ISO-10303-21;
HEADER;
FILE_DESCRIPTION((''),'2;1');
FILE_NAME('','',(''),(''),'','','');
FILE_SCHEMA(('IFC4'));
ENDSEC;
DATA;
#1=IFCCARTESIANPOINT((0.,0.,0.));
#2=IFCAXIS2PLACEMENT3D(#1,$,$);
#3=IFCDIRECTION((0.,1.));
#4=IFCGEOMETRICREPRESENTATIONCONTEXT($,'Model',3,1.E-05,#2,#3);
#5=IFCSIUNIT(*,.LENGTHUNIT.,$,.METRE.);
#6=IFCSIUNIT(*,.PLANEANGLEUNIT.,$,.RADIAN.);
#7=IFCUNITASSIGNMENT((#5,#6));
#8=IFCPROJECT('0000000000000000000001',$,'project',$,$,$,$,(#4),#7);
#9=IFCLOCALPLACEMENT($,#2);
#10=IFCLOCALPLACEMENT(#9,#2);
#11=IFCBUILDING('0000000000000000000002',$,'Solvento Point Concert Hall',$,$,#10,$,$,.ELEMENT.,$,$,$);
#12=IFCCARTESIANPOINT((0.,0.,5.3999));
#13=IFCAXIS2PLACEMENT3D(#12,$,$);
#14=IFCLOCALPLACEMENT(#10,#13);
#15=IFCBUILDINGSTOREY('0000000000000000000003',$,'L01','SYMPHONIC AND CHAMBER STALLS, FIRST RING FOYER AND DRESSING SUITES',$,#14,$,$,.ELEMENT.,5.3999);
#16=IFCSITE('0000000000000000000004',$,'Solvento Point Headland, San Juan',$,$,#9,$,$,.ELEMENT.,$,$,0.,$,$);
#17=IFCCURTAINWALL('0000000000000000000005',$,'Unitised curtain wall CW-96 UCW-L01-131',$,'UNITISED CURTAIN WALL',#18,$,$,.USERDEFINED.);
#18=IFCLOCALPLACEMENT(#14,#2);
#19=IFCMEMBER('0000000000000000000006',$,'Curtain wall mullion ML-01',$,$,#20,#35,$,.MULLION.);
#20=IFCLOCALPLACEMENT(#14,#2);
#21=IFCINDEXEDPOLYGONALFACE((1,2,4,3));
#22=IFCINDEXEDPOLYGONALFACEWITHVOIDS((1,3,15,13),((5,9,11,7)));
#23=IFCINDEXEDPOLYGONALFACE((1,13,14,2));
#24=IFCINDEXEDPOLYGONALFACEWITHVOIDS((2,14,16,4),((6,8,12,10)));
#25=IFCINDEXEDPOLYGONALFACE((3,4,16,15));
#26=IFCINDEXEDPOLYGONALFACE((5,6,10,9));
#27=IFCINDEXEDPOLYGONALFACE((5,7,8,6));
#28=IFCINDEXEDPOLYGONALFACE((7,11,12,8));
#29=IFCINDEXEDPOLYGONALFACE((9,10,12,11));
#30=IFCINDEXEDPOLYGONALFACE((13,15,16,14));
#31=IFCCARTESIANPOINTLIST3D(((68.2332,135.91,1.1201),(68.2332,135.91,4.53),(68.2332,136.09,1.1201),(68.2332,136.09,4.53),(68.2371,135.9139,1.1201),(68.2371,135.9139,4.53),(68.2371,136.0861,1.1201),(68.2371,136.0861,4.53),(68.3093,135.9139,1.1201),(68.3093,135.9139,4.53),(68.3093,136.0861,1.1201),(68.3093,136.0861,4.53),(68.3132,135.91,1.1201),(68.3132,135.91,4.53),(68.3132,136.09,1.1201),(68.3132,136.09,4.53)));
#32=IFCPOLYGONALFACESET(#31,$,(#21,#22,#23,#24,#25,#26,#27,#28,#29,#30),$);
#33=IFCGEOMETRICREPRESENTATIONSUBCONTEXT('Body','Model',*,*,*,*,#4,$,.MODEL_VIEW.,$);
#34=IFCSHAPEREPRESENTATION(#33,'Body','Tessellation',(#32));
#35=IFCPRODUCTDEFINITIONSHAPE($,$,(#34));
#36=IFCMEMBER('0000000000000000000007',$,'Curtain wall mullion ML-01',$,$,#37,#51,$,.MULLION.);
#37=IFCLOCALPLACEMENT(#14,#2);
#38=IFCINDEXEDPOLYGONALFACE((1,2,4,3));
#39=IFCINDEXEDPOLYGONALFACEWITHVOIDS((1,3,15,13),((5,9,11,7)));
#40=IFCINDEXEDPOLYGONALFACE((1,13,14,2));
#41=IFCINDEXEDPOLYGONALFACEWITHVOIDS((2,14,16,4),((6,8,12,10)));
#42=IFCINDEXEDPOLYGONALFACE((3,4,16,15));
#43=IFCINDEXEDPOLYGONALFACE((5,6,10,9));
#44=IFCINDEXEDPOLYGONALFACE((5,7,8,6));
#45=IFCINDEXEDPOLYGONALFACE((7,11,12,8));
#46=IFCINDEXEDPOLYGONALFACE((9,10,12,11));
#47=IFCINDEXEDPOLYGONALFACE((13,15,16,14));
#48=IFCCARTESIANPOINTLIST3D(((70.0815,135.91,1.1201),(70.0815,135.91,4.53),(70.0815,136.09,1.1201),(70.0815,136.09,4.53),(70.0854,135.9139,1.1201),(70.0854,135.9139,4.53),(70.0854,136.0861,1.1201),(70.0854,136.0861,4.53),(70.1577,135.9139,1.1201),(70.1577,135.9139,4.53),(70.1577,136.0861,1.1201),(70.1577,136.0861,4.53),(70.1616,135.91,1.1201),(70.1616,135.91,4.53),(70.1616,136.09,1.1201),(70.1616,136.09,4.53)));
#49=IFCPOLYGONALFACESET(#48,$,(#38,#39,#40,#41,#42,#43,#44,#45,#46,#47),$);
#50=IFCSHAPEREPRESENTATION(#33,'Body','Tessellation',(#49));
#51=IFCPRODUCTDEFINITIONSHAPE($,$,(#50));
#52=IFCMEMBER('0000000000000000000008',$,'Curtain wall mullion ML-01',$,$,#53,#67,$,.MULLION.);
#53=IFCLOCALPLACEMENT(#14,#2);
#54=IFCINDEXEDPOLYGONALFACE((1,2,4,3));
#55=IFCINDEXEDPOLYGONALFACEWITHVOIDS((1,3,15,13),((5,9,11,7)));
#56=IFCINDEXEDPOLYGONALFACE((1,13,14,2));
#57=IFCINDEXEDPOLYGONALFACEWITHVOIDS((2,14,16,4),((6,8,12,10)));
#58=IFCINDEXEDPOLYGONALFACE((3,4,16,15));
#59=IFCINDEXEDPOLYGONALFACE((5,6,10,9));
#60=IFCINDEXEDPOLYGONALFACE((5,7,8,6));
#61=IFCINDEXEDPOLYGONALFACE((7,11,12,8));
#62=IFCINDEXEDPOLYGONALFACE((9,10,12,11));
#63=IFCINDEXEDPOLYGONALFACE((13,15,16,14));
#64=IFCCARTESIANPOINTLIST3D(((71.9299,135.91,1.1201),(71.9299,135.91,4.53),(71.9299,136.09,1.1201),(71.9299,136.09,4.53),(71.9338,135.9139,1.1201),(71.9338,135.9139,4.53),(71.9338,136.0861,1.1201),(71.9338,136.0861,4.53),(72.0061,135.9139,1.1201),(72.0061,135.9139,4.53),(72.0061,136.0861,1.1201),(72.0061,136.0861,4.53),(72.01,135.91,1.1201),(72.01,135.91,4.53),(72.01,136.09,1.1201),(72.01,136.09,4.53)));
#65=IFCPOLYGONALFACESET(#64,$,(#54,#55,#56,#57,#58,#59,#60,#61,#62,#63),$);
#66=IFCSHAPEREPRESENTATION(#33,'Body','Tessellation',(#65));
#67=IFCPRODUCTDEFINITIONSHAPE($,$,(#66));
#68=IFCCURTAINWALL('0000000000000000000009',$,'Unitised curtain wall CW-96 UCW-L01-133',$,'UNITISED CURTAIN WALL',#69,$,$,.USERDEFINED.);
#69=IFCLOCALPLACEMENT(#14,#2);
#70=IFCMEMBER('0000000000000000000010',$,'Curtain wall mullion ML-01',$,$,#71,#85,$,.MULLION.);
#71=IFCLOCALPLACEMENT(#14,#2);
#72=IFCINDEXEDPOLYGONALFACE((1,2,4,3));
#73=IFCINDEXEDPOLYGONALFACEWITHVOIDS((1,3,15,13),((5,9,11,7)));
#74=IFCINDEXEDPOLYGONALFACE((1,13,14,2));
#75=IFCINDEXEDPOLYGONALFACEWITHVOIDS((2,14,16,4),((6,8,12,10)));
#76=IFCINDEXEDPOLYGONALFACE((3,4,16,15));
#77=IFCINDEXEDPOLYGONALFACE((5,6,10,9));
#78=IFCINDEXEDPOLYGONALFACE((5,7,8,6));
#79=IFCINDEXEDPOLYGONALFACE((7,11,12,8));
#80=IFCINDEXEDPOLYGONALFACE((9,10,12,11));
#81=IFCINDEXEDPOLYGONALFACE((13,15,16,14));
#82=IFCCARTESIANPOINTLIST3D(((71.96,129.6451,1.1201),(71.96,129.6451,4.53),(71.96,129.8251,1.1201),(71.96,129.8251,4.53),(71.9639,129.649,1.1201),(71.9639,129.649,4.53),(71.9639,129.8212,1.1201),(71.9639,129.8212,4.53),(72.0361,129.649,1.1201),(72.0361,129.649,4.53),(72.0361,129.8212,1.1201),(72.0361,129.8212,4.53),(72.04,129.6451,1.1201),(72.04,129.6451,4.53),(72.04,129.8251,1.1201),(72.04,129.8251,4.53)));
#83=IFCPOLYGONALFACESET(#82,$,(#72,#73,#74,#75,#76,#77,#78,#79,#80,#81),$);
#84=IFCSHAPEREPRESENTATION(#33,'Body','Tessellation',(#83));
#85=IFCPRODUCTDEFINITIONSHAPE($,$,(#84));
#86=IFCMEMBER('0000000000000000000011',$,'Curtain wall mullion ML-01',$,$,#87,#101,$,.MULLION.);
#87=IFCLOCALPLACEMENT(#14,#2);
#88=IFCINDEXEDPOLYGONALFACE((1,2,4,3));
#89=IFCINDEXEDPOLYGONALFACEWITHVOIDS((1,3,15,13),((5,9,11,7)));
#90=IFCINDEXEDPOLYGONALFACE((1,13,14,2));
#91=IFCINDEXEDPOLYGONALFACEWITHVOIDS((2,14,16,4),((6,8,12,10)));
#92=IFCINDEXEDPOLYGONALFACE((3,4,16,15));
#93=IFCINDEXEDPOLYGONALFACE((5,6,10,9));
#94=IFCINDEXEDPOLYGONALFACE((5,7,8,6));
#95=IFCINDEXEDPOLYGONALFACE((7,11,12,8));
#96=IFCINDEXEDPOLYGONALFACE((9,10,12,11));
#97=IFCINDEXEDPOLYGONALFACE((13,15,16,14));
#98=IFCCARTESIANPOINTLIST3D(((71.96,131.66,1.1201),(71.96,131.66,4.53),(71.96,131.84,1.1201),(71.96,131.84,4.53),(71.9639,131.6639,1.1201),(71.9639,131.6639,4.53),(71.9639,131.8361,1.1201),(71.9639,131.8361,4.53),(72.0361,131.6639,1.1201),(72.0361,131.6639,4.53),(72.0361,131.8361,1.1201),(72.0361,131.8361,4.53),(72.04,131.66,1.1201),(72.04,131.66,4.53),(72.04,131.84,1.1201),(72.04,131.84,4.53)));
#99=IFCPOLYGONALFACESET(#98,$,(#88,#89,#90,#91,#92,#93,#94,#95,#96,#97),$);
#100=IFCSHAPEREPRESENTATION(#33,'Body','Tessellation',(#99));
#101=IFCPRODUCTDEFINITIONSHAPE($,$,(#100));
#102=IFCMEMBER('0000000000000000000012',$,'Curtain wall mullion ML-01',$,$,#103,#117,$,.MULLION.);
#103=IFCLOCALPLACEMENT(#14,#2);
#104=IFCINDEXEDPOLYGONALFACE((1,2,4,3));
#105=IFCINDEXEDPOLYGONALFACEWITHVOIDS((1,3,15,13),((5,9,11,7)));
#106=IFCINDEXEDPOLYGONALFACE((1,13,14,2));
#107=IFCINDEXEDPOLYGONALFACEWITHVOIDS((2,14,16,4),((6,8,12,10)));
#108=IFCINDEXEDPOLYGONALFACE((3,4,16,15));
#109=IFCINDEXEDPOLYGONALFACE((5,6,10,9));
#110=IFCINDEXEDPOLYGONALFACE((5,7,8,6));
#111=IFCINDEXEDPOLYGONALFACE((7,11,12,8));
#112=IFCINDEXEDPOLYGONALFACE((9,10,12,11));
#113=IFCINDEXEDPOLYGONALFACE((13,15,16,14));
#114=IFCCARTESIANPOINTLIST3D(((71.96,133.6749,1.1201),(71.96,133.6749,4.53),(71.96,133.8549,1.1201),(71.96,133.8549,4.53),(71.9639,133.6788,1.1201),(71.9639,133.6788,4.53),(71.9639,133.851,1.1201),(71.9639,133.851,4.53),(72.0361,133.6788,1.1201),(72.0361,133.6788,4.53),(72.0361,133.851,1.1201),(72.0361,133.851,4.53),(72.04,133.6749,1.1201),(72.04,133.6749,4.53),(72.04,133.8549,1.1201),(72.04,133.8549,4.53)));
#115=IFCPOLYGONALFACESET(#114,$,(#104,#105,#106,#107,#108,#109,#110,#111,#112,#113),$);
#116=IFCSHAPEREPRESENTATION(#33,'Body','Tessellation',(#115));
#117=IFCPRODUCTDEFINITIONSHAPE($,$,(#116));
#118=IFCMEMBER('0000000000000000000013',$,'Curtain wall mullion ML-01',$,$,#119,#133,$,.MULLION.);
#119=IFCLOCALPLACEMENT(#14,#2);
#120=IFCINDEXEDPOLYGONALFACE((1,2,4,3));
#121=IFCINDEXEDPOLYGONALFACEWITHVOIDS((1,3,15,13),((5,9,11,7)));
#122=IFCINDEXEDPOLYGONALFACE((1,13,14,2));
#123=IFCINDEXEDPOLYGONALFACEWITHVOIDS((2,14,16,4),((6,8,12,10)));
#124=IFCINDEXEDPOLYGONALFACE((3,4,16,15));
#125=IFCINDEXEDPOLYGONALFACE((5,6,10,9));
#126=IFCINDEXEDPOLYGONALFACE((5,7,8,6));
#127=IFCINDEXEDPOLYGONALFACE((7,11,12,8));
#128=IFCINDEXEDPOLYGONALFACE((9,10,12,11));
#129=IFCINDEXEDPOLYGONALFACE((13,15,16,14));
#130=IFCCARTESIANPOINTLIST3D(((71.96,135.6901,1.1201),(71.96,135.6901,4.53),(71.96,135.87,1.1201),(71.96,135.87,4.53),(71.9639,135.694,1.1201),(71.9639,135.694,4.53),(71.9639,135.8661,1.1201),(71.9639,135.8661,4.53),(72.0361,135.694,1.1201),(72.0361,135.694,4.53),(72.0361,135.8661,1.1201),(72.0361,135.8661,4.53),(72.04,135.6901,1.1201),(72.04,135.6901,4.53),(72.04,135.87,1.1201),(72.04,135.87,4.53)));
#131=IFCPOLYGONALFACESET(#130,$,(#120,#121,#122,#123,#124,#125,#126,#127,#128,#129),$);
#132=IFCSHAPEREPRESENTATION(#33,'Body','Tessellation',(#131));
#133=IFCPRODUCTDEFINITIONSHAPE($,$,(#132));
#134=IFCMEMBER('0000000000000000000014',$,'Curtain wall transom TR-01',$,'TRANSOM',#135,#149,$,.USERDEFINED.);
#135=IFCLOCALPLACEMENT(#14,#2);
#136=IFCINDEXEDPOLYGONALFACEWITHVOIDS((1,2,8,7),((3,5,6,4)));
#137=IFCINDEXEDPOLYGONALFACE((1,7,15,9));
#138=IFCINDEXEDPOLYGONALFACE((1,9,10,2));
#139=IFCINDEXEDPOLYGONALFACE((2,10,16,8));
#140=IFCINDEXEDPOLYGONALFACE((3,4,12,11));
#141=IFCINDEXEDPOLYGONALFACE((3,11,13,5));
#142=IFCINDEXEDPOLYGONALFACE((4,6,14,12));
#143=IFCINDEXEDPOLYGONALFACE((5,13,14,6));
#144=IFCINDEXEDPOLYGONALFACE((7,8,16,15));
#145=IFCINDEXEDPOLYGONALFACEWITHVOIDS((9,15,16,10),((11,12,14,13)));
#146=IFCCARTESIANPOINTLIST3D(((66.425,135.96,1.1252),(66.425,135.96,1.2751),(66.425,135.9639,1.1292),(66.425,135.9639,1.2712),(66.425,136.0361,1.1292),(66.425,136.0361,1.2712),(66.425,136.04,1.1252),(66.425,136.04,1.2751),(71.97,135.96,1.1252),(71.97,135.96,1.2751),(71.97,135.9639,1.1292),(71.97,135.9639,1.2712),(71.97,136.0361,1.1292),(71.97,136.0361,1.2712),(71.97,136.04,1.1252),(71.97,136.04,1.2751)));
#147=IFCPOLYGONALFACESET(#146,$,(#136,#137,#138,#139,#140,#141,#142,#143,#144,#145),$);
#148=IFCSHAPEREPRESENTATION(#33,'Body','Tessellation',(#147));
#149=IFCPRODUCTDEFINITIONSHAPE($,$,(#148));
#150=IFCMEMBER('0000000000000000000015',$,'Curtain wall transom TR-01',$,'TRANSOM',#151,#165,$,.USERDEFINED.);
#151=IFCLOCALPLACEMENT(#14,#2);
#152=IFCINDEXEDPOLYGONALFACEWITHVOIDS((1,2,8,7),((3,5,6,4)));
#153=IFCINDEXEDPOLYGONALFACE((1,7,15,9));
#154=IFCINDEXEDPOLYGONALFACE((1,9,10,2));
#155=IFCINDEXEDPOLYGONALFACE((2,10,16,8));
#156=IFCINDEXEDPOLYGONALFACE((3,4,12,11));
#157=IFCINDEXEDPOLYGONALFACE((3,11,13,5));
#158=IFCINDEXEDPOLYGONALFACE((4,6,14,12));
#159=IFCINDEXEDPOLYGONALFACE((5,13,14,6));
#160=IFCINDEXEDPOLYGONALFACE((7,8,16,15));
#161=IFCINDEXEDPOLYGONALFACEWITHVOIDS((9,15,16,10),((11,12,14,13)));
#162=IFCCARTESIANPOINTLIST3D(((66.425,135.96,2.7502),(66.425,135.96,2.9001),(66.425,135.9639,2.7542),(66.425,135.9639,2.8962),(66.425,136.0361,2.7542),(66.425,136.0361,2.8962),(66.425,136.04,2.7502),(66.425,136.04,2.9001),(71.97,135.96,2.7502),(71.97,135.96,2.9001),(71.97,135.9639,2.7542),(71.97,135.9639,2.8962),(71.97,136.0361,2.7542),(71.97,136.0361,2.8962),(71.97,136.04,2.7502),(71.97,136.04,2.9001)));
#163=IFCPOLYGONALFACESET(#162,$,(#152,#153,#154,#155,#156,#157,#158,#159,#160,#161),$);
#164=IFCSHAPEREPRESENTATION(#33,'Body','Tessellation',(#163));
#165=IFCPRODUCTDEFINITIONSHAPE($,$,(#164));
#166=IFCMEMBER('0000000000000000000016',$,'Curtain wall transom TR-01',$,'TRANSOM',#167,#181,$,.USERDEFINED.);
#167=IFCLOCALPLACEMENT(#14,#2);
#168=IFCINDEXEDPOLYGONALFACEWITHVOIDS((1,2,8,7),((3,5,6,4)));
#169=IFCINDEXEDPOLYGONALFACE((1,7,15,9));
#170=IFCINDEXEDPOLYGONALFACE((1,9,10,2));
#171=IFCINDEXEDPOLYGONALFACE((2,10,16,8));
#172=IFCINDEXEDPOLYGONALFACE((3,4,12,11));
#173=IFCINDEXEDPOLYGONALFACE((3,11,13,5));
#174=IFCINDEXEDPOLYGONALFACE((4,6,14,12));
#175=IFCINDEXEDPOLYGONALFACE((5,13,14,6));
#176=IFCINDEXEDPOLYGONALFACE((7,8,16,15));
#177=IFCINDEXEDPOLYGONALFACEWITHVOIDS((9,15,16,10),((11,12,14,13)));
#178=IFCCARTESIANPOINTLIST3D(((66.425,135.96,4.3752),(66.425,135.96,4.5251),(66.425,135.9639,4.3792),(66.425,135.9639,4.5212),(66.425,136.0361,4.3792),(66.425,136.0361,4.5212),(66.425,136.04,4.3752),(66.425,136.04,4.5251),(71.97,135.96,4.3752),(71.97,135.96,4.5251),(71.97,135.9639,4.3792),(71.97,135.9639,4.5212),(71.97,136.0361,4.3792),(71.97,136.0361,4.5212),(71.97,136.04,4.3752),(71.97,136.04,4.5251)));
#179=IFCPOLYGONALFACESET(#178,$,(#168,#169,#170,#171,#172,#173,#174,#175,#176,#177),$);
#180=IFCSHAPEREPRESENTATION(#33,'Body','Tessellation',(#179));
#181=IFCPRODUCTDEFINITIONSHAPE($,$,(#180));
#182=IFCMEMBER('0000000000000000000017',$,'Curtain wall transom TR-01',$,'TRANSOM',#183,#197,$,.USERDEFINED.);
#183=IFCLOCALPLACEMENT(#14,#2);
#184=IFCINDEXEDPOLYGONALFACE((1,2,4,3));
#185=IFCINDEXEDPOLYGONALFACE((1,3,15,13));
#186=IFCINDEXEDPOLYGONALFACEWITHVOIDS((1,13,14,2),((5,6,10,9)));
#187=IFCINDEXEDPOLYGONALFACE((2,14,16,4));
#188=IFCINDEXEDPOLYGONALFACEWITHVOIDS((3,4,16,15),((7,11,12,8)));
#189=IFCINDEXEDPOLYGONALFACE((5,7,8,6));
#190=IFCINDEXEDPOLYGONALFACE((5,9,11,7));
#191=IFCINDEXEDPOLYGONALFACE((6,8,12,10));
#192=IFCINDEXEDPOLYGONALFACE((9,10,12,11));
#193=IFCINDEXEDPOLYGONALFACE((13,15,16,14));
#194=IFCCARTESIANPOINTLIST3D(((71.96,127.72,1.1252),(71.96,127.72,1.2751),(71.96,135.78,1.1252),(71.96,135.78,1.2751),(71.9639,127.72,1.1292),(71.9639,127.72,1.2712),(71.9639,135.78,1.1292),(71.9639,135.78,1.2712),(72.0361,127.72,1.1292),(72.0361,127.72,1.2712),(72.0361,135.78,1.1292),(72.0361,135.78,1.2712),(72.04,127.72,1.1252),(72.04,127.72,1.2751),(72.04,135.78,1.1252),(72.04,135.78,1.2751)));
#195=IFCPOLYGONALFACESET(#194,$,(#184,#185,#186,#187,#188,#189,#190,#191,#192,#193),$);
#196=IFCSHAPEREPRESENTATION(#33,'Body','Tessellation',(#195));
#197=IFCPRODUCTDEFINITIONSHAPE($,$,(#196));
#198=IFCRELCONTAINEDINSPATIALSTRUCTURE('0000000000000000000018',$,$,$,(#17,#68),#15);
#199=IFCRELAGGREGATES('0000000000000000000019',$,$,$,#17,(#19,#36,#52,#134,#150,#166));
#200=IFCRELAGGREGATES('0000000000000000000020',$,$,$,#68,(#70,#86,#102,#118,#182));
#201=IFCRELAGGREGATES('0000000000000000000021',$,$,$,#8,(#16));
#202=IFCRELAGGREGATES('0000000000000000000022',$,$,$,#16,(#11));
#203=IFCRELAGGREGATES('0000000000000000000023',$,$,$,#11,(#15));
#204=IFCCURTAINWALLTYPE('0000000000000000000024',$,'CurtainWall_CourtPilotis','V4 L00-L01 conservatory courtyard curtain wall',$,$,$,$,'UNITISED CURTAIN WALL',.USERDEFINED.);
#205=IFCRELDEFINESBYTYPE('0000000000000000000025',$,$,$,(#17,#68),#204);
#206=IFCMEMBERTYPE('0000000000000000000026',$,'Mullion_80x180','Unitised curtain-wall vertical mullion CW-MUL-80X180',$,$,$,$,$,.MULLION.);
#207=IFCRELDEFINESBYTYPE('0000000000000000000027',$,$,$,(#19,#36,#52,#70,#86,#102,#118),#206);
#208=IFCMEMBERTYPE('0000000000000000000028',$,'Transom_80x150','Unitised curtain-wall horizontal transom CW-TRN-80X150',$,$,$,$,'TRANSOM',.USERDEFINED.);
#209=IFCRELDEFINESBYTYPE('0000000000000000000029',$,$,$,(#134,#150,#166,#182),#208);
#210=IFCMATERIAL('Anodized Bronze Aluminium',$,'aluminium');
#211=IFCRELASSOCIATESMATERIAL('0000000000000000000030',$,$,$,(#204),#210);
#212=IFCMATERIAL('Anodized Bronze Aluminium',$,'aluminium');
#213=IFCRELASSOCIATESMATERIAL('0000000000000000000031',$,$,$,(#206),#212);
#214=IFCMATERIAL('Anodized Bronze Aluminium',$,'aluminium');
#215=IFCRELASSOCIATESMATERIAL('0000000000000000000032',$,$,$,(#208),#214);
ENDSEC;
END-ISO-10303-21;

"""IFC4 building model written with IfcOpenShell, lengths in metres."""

from ifc_helpers import new_model, si_unit, direction, frame, origin, origin_2d, place, context, subcontext, project, spatial, hollow_rectangle, extrude, material, material_profile, profile_set, type_object, element, aggregate, save


model = new_model("IFC4")

# Units and contexts
model_context = context("Model", 3, precision=1e-05, world=origin(), true_north=direction((0.0, 1.0)))
body_context = subcontext(model_context, "Body", "Model", "MODEL_VIEW")
ifc_project = project(units=[si_unit("LENGTHUNIT", "METRE"), si_unit("PLANEANGLEUNIT", "RADIAN")], contexts=[model_context])

# Site, building, storey
site_placement = place(None, origin())
site = spatial("IfcSite", under=ifc_project, at=site_placement, Name="Solvento Point Headland, San Juan", CompositionType="ELEMENT", RefElevation=0.0)
building_placement = place(site_placement, origin())
building = spatial("IfcBuilding", under=site, at=building_placement, Name="Solvento Point Concert Hall", CompositionType="ELEMENT")
storey_placement = place(building_placement, frame((0.0, 0.0, 5.3999)))
storey = spatial("IfcBuildingStorey", under=building, at=storey_placement, Name="L01", Description="SYMPHONIC AND CHAMBER STALLS, FIRST RING FOYER AND DRESSING SUITES", CompositionType="ELEMENT", Elevation=5.3999)

# Curtain walls, members
ifc_material_1 = material(Name="Anodized Bronze Aluminium", Category="aluminium")
curtain_wall_type = type_object("IfcCurtainWallType", Name="CurtainWall_CourtPilotis", Description="V4 L00-L01 conservatory courtyard curtain wall", ElementType="UNITISED CURTAIN WALL", PredefinedType="USERDEFINED", material=ifc_material_1)
curtain_wall_1_placement = place(storey_placement, origin())
curtain_wall_1 = element("IfcCurtainWall", 1, at=curtain_wall_1_placement, inside=storey, type_object=curtain_wall_type, Name="Unitised curtain wall CW-96 UCW-L01-131", ObjectType="UNITISED CURTAIN WALL", PredefinedType="USERDEFINED")
ifc_material_2 = material(Name="Anodized Bronze Aluminium", Category="aluminium")
ifc_material_profile_1 = material_profile(ifc_material_2, hollow_rectangle(XDim=0.0801, YDim=0.1799, WallThickness=0.0039, at=origin_2d()), Name="CW-MUL-80X180")
ifc_profile_set_1 = profile_set([ifc_material_profile_1], Name="Anodized Bronze Aluminium")
member_type_1 = type_object("IfcMemberType", Name="Mullion_80x180", Description="Unitised curtain-wall vertical mullion CW-MUL-80X180", PredefinedType="MULLION", material=ifc_profile_set_1)
member_1_placement = place(storey_placement, frame((68.2732, 136.0, 1.1201), z_axis=(0.0, 0.0, 1.0), x_axis=(1.0, 0.0, 0.0)))
member_1 = element("IfcMember", 2, at=member_1_placement, type_object=member_type_1, Name="Curtain wall mullion ML-01", PredefinedType="MULLION", context=body_context, shape_type="SweptSolid", body=[
    extrude(hollow_rectangle(XDim=0.0801, YDim=0.1799, WallThickness=0.0039, at=origin_2d()), origin(), (0.0, 0.0, 1.0), 3.4099),
])
member_2_placement = place(storey_placement, frame((70.1216, 136.0, 1.1201), z_axis=(0.0, 0.0, 1.0), x_axis=(1.0, 0.0, 0.0)))
member_2 = element("IfcMember", 3, at=member_2_placement, type_object=member_type_1, Name="Curtain wall mullion ML-01", PredefinedType="MULLION", context=body_context, shape_type="SweptSolid", body=[
    extrude(hollow_rectangle(XDim=0.0801, YDim=0.1799, WallThickness=0.0039, at=origin_2d()), origin(), (0.0, 0.0, 1.0), 3.4099),
])
member_3_placement = place(storey_placement, frame((71.97, 136.0, 1.1201), z_axis=(0.0, 0.0, 1.0), x_axis=(1.0, 0.0, 0.0)))
member_3 = element("IfcMember", 4, at=member_3_placement, type_object=member_type_1, Name="Curtain wall mullion ML-01", PredefinedType="MULLION", context=body_context, shape_type="SweptSolid", body=[
    extrude(hollow_rectangle(XDim=0.0801, YDim=0.1799, WallThickness=0.0039, at=origin_2d()), origin(), (0.0, 0.0, 1.0), 3.4099),
])
curtain_wall_2_placement = place(storey_placement, origin())
curtain_wall_2 = element("IfcCurtainWall", 5, at=curtain_wall_2_placement, inside=storey, type_object=curtain_wall_type, Name="Unitised curtain wall CW-96 UCW-L01-133", ObjectType="UNITISED CURTAIN WALL", PredefinedType="USERDEFINED")
member_4_placement = place(storey_placement, frame((72.0, 129.7351, 1.1201), z_axis=(0.0, 0.0, 1.0), x_axis=(1.0, 0.0, 0.0)))
member_4 = element("IfcMember", 6, at=member_4_placement, type_object=member_type_1, Name="Curtain wall mullion ML-01", PredefinedType="MULLION", context=body_context, shape_type="SweptSolid", body=[
    extrude(hollow_rectangle(XDim=0.0801, YDim=0.1799, WallThickness=0.0039, at=origin_2d()), origin(), (0.0, 0.0, 1.0), 3.4099),
])
member_5_placement = place(storey_placement, frame((72.0, 131.75, 1.1201), z_axis=(0.0, 0.0, 1.0), x_axis=(1.0, 0.0, 0.0)))
member_5 = element("IfcMember", 7, at=member_5_placement, type_object=member_type_1, Name="Curtain wall mullion ML-01", PredefinedType="MULLION", context=body_context, shape_type="SweptSolid", body=[
    extrude(hollow_rectangle(XDim=0.0801, YDim=0.1799, WallThickness=0.0039, at=origin_2d()), origin(), (0.0, 0.0, 1.0), 3.4099),
])
member_6_placement = place(storey_placement, frame((72.0, 133.7649, 1.1201), z_axis=(0.0, 0.0, 1.0), x_axis=(1.0, 0.0, 0.0)))
member_6 = element("IfcMember", 8, at=member_6_placement, type_object=member_type_1, Name="Curtain wall mullion ML-01", PredefinedType="MULLION", context=body_context, shape_type="SweptSolid", body=[
    extrude(hollow_rectangle(XDim=0.0801, YDim=0.1799, WallThickness=0.0039, at=origin_2d()), origin(), (0.0, 0.0, 1.0), 3.4099),
])
member_7_placement = place(storey_placement, frame((72.0, 135.78, 1.1201), z_axis=(0.0, 0.0, 1.0), x_axis=(1.0, 0.0, 0.0)))
member_7 = element("IfcMember", 9, at=member_7_placement, type_object=member_type_1, Name="Curtain wall mullion ML-01", PredefinedType="MULLION", context=body_context, shape_type="SweptSolid", body=[
    extrude(hollow_rectangle(XDim=0.0801, YDim=0.1799, WallThickness=0.0039, at=origin_2d()), origin(), (0.0, 0.0, 1.0), 3.4099),
])

# Members
ifc_material_3 = material(Name="Anodized Bronze Aluminium", Category="aluminium")
ifc_material_profile_2 = material_profile(ifc_material_3, hollow_rectangle(XDim=0.0801, YDim=0.1499, WallThickness=0.0039, at=origin_2d()), Name="CW-TRN-80X150")
ifc_profile_set_2 = profile_set([ifc_material_profile_2], Name="Anodized Bronze Aluminium")
member_type_2 = type_object("IfcMemberType", Name="Transom_80x150", Description="Unitised curtain-wall horizontal transom CW-TRN-80X150", ElementType="TRANSOM", PredefinedType="USERDEFINED", material=ifc_profile_set_2)
member_8_placement = place(storey_placement, frame((66.425, 136.0, 1.2002), z_axis=(1.0, 0.0, 0.0), x_axis=(0.0, 1.0, 0.0)))
member_8 = element("IfcMember", 10, at=member_8_placement, type_object=member_type_2, Name="Curtain wall transom TR-01", ObjectType="TRANSOM", PredefinedType="USERDEFINED", context=body_context, shape_type="SweptSolid", body=[
    extrude(hollow_rectangle(XDim=0.0801, YDim=0.1499, WallThickness=0.0039, at=origin_2d()), origin(), (0.0, 0.0, 1.0), 5.5449),
])
member_9_placement = place(storey_placement, frame((66.425, 136.0, 2.8252), z_axis=(1.0, 0.0, 0.0), x_axis=(0.0, 1.0, 0.0)))
member_9 = element("IfcMember", 11, at=member_9_placement, type_object=member_type_2, Name="Curtain wall transom TR-01", ObjectType="TRANSOM", PredefinedType="USERDEFINED", context=body_context, shape_type="SweptSolid", body=[
    extrude(hollow_rectangle(XDim=0.0801, YDim=0.1499, WallThickness=0.0039, at=origin_2d()), origin(), (0.0, 0.0, 1.0), 5.5449),
])
member_10_placement = place(storey_placement, frame((66.425, 136.0, 4.4502), z_axis=(1.0, 0.0, 0.0), x_axis=(0.0, 1.0, 0.0)))
member_10 = element("IfcMember", 12, at=member_10_placement, type_object=member_type_2, Name="Curtain wall transom TR-01", ObjectType="TRANSOM", PredefinedType="USERDEFINED", context=body_context, shape_type="SweptSolid", body=[
    extrude(hollow_rectangle(XDim=0.0801, YDim=0.1499, WallThickness=0.0039, at=origin_2d()), origin(), (0.0, 0.0, 1.0), 5.5449),
])
member_11_placement = place(storey_placement, frame((72.0, 127.72, 1.2002), z_axis=(0.0, 1.0, 0.0), x_axis=(-1.0, 0.0, 0.0)))
member_11 = element("IfcMember", 13, at=member_11_placement, type_object=member_type_2, Name="Curtain wall transom TR-01", ObjectType="TRANSOM", PredefinedType="USERDEFINED", context=body_context, shape_type="SweptSolid", body=[
    extrude(hollow_rectangle(XDim=0.0801, YDim=0.1499, WallThickness=0.0039, at=origin_2d()), origin(), (0.0, 0.0, 1.0), 8.0601),
])

aggregate(curtain_wall_1, [member_1, member_2, member_3, member_8, member_9, member_10])
aggregate(curtain_wall_2, [member_4, member_5, member_6, member_7, member_11])

save(model, "model.ifc")
